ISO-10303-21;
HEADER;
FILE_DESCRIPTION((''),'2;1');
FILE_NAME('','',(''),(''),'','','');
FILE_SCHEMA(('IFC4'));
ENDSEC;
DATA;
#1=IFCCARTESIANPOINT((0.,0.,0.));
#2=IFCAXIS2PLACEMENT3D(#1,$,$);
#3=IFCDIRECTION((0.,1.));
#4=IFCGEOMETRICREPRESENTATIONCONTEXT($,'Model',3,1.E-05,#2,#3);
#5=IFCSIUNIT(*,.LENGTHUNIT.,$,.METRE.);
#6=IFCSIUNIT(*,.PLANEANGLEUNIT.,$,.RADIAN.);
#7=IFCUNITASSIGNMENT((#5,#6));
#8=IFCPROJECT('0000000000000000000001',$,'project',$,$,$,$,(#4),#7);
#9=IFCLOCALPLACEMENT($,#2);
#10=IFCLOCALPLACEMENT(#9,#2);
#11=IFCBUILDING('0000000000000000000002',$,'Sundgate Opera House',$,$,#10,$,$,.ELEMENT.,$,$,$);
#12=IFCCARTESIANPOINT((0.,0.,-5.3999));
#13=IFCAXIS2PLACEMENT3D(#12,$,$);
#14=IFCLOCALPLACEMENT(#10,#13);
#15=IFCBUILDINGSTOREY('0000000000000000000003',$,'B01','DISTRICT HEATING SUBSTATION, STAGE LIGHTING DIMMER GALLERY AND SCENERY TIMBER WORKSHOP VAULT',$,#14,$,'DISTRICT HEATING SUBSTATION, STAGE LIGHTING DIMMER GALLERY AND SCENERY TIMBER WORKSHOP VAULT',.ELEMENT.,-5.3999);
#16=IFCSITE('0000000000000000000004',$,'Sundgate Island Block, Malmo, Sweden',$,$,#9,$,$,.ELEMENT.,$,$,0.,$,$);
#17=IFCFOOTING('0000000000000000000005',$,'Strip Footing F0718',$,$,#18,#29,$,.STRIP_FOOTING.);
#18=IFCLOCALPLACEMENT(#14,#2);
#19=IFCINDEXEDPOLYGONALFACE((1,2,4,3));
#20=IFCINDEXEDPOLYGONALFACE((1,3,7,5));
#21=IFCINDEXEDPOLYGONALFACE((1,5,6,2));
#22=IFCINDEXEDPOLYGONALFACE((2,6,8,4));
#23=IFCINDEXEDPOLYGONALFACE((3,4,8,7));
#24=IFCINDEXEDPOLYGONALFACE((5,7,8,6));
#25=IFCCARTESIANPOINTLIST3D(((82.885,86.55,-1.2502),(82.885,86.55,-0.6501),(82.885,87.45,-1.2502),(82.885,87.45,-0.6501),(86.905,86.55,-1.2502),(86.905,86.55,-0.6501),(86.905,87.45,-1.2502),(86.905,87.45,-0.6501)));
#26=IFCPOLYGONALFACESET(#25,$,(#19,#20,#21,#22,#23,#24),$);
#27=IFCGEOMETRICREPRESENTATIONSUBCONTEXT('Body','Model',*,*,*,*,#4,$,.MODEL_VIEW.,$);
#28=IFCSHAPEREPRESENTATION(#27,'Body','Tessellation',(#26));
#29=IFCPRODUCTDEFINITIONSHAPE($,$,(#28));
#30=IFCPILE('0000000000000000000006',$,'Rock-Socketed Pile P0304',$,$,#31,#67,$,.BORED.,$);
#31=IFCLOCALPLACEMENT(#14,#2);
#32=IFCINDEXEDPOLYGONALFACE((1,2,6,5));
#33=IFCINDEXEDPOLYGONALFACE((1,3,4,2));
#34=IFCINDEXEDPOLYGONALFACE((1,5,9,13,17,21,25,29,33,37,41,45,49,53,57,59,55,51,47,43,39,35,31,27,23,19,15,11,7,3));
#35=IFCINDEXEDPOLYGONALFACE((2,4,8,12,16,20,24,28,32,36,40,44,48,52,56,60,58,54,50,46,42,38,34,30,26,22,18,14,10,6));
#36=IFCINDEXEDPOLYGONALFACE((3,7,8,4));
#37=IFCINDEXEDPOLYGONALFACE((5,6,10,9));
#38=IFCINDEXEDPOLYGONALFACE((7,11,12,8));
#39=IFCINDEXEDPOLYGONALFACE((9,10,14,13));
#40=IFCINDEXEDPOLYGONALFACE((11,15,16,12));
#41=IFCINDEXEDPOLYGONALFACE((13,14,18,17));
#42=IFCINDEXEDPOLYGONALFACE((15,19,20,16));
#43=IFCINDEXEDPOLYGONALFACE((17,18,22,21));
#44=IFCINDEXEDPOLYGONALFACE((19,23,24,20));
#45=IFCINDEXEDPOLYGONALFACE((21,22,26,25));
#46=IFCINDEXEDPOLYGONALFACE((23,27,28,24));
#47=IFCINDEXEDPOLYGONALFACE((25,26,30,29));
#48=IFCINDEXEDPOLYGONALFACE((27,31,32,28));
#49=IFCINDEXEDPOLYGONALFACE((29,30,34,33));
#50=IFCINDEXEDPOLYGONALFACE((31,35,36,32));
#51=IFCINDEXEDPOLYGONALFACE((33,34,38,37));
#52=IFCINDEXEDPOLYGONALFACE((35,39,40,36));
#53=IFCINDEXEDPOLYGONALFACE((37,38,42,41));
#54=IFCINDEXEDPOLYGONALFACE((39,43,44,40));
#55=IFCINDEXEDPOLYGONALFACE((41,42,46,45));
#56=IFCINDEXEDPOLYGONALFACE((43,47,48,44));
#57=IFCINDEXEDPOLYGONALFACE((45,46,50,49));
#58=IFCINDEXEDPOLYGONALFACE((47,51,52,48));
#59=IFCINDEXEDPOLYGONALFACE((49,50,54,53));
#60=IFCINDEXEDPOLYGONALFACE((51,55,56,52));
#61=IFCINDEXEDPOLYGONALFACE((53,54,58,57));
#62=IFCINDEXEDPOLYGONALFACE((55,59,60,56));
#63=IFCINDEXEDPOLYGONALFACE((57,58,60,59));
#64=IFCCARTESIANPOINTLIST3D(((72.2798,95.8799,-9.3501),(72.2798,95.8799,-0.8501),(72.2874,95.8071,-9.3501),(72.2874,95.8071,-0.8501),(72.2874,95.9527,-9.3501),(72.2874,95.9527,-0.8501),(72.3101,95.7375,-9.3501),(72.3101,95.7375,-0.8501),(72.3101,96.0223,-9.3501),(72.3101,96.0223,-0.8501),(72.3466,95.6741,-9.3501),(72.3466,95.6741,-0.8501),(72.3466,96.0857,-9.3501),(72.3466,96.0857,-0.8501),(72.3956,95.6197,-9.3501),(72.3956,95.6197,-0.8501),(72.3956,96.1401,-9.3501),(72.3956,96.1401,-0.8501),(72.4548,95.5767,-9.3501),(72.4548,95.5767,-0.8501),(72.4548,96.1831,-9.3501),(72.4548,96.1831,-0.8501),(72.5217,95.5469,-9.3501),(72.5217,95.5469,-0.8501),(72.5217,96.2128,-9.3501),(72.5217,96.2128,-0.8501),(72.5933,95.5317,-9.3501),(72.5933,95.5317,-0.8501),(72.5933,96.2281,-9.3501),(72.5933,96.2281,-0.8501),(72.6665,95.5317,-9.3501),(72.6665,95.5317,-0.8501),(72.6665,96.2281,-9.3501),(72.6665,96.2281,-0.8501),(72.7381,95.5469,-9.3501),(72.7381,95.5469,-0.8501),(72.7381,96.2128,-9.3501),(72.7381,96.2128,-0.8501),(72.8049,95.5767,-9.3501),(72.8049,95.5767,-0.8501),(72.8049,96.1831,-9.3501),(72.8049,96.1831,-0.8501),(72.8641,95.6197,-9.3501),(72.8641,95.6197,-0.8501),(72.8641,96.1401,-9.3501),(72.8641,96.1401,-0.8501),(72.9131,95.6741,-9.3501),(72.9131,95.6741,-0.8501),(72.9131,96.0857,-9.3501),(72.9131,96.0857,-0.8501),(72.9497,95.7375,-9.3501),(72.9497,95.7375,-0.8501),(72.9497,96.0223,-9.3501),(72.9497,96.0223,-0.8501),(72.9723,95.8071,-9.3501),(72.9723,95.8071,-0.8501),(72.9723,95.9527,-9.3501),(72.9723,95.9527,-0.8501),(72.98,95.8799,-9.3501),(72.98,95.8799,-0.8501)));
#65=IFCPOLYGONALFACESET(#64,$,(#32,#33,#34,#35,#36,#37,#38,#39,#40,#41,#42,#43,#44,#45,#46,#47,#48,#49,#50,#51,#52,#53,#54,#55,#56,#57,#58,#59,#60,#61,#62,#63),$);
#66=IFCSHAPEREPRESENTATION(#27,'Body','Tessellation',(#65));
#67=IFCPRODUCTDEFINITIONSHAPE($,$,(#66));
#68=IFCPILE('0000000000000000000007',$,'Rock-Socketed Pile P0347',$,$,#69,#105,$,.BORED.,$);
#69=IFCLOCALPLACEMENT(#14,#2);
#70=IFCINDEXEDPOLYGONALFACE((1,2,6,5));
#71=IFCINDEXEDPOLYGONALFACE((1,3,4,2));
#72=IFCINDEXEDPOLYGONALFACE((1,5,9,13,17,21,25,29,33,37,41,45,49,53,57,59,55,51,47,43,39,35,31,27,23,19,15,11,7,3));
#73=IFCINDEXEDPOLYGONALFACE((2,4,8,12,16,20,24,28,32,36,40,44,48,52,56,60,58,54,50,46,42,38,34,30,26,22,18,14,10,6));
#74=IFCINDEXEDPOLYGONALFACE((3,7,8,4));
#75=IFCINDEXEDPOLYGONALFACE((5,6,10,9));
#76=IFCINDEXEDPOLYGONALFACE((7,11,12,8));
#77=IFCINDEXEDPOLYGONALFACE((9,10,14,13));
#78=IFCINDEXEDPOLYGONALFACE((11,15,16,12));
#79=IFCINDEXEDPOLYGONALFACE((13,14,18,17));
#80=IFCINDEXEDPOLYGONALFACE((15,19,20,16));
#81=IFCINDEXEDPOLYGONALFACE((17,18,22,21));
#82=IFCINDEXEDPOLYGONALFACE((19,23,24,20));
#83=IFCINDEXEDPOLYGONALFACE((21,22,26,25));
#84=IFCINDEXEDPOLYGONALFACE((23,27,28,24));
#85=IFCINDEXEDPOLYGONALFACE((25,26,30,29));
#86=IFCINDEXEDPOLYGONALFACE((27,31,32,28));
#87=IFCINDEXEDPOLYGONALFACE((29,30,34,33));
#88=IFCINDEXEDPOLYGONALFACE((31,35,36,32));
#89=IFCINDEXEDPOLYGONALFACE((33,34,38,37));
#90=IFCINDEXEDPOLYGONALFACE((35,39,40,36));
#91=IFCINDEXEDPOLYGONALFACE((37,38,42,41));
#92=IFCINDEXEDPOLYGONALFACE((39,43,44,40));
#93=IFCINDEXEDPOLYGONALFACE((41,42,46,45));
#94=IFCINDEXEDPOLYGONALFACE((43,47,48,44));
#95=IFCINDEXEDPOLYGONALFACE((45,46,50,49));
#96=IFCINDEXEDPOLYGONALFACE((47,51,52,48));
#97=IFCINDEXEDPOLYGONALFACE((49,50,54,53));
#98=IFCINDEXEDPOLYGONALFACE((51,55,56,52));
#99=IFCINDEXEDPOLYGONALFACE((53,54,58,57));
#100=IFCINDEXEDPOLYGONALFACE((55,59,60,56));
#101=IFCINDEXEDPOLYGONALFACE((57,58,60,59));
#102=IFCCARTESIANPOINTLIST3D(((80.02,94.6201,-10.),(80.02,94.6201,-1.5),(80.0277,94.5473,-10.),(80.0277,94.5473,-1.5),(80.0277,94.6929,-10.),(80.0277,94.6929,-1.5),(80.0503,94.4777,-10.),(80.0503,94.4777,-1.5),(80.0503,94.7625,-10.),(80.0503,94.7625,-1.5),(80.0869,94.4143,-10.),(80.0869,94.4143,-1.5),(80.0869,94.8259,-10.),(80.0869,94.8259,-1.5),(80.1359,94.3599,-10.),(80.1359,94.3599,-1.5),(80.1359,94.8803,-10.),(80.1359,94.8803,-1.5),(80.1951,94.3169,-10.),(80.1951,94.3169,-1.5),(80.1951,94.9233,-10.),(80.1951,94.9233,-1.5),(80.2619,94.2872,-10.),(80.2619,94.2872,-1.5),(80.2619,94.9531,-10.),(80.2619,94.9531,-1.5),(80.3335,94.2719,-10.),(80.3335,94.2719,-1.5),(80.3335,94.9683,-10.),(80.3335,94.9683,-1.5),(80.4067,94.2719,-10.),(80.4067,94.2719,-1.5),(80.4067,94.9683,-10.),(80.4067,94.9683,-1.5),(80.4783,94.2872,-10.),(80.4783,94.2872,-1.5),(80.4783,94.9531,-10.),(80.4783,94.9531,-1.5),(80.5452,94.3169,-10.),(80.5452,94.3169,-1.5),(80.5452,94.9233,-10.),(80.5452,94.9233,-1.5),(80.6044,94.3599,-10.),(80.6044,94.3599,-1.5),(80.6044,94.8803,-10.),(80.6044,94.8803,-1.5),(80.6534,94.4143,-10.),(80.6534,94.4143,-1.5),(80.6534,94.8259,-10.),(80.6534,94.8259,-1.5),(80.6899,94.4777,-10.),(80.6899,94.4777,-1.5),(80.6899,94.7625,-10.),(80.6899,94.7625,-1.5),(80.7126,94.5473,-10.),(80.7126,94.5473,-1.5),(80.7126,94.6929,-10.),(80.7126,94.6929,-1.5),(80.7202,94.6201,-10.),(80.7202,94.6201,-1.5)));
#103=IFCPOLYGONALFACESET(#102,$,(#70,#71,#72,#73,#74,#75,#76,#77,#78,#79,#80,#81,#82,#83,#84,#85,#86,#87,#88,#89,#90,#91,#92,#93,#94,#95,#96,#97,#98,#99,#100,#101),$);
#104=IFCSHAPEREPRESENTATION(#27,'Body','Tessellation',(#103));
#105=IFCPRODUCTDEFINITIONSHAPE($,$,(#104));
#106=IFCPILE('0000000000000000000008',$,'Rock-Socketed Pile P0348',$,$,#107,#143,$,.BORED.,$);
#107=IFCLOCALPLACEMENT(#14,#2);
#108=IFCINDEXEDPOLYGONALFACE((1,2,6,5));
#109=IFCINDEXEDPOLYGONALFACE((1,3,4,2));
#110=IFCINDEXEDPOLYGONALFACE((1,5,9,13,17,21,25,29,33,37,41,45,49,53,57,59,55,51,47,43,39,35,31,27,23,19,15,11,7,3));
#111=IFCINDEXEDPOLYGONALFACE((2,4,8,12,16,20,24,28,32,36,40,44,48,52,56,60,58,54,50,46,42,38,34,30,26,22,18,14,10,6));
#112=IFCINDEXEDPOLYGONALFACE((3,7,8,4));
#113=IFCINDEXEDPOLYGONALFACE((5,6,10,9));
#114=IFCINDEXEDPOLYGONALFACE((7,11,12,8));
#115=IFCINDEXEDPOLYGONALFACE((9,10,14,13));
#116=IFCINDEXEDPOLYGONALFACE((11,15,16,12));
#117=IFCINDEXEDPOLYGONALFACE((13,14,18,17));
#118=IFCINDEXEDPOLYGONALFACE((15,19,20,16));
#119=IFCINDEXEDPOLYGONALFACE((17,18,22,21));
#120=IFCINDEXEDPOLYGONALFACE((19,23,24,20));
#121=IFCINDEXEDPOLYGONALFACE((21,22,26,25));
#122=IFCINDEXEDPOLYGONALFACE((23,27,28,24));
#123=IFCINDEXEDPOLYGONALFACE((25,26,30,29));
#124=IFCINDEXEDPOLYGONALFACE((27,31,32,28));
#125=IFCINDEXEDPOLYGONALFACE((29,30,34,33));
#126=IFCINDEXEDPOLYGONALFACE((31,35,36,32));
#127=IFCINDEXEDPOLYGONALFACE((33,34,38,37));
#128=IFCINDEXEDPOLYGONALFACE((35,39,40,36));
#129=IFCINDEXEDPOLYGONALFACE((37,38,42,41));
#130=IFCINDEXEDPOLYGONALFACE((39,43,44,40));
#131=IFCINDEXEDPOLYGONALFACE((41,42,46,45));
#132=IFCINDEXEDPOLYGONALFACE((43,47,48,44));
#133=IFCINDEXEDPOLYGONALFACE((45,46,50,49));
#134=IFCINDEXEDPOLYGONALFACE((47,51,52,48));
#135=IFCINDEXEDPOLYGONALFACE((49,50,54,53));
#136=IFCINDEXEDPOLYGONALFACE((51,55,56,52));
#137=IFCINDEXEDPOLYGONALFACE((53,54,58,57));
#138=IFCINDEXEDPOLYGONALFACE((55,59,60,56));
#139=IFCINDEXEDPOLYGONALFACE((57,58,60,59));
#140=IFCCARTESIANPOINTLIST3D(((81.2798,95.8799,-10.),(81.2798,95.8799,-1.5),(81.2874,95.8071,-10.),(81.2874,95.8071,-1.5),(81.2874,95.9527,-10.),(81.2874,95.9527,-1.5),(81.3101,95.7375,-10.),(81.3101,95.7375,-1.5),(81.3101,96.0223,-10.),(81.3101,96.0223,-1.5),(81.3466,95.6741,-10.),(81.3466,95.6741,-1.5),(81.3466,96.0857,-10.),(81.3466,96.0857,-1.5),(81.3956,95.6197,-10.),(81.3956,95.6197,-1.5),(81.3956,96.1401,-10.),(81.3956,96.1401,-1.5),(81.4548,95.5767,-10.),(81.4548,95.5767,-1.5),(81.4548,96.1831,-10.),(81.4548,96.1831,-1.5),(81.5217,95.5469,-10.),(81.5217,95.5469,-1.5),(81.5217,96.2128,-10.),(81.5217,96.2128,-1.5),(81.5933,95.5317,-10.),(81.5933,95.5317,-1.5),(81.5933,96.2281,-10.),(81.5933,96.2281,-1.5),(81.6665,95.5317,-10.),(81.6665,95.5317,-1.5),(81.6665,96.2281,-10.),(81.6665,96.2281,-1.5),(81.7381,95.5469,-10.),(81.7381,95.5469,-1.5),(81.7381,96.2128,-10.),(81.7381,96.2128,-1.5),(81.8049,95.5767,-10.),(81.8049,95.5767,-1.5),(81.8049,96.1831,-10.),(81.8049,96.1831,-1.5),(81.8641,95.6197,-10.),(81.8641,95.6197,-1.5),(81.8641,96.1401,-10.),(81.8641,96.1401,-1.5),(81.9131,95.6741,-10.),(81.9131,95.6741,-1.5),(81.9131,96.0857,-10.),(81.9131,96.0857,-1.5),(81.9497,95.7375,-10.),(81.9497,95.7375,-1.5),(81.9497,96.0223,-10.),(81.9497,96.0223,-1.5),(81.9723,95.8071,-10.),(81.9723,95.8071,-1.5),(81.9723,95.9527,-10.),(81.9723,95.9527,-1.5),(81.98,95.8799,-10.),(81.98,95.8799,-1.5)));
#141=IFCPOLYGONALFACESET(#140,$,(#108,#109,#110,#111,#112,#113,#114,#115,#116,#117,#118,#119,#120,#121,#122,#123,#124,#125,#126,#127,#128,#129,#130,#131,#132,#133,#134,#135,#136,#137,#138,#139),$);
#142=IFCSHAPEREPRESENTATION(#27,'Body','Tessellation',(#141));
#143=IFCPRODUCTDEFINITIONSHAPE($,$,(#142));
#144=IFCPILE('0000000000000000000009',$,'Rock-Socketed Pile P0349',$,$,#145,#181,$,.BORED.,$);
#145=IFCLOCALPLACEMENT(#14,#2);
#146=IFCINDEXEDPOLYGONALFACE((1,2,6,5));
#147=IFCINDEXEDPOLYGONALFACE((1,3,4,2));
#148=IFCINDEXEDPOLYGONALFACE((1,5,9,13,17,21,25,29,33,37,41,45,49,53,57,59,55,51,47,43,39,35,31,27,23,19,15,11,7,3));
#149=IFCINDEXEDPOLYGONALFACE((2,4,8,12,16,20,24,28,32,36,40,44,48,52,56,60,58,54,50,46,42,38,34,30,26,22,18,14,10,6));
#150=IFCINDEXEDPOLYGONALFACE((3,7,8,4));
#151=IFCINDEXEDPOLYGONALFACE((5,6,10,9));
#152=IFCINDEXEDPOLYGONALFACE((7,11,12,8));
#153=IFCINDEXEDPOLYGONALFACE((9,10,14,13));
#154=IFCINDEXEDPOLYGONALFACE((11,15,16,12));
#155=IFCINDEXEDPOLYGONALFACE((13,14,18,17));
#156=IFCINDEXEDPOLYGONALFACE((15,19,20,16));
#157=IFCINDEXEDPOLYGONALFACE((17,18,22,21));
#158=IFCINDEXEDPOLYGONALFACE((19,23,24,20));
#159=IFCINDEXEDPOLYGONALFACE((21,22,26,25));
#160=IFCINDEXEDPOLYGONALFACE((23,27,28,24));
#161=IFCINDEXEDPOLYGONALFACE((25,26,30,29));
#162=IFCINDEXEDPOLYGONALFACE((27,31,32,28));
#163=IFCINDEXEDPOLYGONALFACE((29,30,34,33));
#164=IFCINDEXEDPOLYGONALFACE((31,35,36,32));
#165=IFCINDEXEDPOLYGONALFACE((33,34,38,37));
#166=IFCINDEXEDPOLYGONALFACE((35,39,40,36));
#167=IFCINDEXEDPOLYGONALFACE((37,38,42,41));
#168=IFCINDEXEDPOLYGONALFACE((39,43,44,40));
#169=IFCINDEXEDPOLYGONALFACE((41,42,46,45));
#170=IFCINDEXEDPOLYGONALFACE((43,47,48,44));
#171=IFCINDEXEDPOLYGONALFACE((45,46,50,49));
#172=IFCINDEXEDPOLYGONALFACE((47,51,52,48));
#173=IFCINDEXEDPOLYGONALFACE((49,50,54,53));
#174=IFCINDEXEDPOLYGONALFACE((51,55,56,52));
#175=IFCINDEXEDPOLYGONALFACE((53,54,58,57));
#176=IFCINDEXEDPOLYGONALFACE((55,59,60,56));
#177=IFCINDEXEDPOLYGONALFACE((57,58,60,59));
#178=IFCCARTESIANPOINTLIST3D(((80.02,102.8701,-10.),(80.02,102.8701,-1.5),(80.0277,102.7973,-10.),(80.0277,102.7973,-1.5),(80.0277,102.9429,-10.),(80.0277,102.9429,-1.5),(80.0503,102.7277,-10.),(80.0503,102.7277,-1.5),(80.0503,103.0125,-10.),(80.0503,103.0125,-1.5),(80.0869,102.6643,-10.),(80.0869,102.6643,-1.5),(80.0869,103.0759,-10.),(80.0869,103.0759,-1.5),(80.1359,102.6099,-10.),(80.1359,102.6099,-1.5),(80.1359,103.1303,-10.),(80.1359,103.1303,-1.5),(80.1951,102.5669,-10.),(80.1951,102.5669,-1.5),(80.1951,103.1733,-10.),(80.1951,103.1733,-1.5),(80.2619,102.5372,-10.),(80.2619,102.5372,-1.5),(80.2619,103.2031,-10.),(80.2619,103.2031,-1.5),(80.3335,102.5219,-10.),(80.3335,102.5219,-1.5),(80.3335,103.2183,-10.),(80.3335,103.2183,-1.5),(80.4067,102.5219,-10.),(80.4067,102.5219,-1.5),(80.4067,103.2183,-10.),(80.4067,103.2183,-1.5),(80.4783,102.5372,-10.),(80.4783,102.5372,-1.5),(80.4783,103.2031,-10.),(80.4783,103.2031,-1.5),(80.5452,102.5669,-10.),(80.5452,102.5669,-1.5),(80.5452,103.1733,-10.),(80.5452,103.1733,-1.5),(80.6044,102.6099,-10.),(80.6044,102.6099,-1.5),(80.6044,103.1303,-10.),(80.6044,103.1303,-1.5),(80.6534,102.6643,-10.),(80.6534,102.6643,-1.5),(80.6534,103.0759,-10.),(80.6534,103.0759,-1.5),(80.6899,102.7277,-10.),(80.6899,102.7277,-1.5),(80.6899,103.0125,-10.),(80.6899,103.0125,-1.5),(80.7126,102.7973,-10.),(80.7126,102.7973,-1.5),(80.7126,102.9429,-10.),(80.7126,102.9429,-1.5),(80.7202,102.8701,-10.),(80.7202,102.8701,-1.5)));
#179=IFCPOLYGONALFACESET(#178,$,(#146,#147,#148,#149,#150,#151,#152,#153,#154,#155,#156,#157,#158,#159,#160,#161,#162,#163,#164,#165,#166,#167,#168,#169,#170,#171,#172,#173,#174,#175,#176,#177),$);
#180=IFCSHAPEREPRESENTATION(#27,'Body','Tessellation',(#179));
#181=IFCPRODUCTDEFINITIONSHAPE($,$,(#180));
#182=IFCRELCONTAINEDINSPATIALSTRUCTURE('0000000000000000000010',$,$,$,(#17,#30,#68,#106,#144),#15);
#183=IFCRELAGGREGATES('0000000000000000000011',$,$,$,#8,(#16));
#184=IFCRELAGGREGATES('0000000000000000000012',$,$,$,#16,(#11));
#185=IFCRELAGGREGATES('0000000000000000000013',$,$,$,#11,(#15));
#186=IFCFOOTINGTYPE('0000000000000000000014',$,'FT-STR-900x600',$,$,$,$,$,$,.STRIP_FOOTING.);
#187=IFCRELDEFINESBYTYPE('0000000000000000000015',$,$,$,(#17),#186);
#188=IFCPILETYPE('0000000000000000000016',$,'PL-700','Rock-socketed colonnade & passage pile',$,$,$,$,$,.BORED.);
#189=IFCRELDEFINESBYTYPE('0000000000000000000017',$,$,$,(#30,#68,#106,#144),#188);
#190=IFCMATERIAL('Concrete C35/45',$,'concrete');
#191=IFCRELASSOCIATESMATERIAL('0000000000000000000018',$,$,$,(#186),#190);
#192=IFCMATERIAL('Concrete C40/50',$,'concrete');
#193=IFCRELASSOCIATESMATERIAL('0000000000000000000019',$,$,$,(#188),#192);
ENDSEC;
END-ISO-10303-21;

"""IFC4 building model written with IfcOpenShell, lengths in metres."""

from ifc_helpers import new_model, si_unit, direction, frame, origin, origin_2d, place, context, subcontext, project, spatial, rectangle, circle, extrude, material, material_profile, profile_set, type_object, element, save


model = new_model("IFC4")

# Units and contexts
model_context = context("Model", 3, precision=1e-05, world=origin(), true_north=direction((0.0, 1.0)))
body_context = subcontext(model_context, "Body", "Model", "MODEL_VIEW")
ifc_project = project(units=[si_unit("LENGTHUNIT", "METRE"), si_unit("PLANEANGLEUNIT", "RADIAN")], contexts=[model_context])

# Site, building, storey
site_placement = place(None, origin())
site = spatial("IfcSite", under=ifc_project, at=site_placement, Name="Sundgate Island Block, Malmo, Sweden", CompositionType="ELEMENT", RefElevation=0.0)
building_placement = place(site_placement, origin())
building = spatial("IfcBuilding", under=site, at=building_placement, Name="Sundgate Opera House", CompositionType="ELEMENT")
storey_placement = place(building_placement, frame((0.0, 0.0, -5.3999)))
storey = spatial("IfcBuildingStorey", under=building, at=storey_placement, Name="B01", Description="DISTRICT HEATING SUBSTATION, STAGE LIGHTING DIMMER GALLERY AND SCENERY TIMBER WORKSHOP VAULT", LongName="DISTRICT HEATING SUBSTATION, STAGE LIGHTING DIMMER GALLERY AND SCENERY TIMBER WORKSHOP VAULT", CompositionType="ELEMENT", Elevation=-5.3999)

# Footing
ifc_material_1 = material(Name="Concrete C35/45", Category="concrete")
footing_type_1 = type_object("IfcFootingType", Name="FT-STR-900x600", PredefinedType="STRIP_FOOTING", material=ifc_material_1)
footing_1_placement = place(storey_placement, frame((84.895, 87.0, -1.2502), z_axis=(0.0, 0.0, 1.0), x_axis=(1.0, 0.0, 0.0)))
element("IfcFooting", 1, at=footing_1_placement, inside=storey, type_object=footing_type_1, Name="Strip Footing F0718", PredefinedType="STRIP_FOOTING", context=body_context, shape_type="SweptSolid", body=[
    extrude(rectangle(XDim=4.02, YDim=0.8999, at=origin_2d()), origin(), (0.0, 0.0, 1.0), 0.6001),
])

# Piles
ifc_material_2 = material(Name="Concrete C40/50", Category="concrete")
ifc_material_profile_1 = material_profile(ifc_material_2, circle(Radius=0.3501, at=origin_2d()), Name="PILE D700")
ifc_profile_set_1 = profile_set([ifc_material_profile_1], Name="Concrete C40/50")
pile_type_1 = type_object("IfcPileType", Name="PL-700", Description="Rock-socketed colonnade & passage pile", PredefinedType="BORED", material=ifc_profile_set_1)
for number, where, z_axis, x_axis, name in (
    (2, (72.6299, 95.8799, -0.8501), (0.0, 0.0, -1.0), (1.0, 0.0, 0.0), "Rock-Socketed Pile P0304"),
    (3, (80.3701, 94.6201, -1.5), (0.0, 0.0, -1.0), (1.0, 0.0, 0.0), "Rock-Socketed Pile P0347"),
    (4, (81.6299, 95.8799, -1.5), (0.0, 0.0, -1.0), (1.0, 0.0, 0.0), "Rock-Socketed Pile P0348"),
    (5, (80.3701, 102.8701, -1.5), (0.0, 0.0, -1.0), (1.0, 0.0, 0.0), "Rock-Socketed Pile P0349"),
):
    element("IfcPile", number, at=place(storey_placement, frame(where, z_axis=z_axis, x_axis=x_axis)), inside=storey, type_object=pile_type_1, Name=name, PredefinedType="BORED", context=body_context, shape_type="SweptSolid", body=[
        extrude(circle(Radius=0.3501, at=origin_2d()), origin(), (0.0, 0.0, 1.0), 8.5),
    ])

save(model, "model.ifc")
